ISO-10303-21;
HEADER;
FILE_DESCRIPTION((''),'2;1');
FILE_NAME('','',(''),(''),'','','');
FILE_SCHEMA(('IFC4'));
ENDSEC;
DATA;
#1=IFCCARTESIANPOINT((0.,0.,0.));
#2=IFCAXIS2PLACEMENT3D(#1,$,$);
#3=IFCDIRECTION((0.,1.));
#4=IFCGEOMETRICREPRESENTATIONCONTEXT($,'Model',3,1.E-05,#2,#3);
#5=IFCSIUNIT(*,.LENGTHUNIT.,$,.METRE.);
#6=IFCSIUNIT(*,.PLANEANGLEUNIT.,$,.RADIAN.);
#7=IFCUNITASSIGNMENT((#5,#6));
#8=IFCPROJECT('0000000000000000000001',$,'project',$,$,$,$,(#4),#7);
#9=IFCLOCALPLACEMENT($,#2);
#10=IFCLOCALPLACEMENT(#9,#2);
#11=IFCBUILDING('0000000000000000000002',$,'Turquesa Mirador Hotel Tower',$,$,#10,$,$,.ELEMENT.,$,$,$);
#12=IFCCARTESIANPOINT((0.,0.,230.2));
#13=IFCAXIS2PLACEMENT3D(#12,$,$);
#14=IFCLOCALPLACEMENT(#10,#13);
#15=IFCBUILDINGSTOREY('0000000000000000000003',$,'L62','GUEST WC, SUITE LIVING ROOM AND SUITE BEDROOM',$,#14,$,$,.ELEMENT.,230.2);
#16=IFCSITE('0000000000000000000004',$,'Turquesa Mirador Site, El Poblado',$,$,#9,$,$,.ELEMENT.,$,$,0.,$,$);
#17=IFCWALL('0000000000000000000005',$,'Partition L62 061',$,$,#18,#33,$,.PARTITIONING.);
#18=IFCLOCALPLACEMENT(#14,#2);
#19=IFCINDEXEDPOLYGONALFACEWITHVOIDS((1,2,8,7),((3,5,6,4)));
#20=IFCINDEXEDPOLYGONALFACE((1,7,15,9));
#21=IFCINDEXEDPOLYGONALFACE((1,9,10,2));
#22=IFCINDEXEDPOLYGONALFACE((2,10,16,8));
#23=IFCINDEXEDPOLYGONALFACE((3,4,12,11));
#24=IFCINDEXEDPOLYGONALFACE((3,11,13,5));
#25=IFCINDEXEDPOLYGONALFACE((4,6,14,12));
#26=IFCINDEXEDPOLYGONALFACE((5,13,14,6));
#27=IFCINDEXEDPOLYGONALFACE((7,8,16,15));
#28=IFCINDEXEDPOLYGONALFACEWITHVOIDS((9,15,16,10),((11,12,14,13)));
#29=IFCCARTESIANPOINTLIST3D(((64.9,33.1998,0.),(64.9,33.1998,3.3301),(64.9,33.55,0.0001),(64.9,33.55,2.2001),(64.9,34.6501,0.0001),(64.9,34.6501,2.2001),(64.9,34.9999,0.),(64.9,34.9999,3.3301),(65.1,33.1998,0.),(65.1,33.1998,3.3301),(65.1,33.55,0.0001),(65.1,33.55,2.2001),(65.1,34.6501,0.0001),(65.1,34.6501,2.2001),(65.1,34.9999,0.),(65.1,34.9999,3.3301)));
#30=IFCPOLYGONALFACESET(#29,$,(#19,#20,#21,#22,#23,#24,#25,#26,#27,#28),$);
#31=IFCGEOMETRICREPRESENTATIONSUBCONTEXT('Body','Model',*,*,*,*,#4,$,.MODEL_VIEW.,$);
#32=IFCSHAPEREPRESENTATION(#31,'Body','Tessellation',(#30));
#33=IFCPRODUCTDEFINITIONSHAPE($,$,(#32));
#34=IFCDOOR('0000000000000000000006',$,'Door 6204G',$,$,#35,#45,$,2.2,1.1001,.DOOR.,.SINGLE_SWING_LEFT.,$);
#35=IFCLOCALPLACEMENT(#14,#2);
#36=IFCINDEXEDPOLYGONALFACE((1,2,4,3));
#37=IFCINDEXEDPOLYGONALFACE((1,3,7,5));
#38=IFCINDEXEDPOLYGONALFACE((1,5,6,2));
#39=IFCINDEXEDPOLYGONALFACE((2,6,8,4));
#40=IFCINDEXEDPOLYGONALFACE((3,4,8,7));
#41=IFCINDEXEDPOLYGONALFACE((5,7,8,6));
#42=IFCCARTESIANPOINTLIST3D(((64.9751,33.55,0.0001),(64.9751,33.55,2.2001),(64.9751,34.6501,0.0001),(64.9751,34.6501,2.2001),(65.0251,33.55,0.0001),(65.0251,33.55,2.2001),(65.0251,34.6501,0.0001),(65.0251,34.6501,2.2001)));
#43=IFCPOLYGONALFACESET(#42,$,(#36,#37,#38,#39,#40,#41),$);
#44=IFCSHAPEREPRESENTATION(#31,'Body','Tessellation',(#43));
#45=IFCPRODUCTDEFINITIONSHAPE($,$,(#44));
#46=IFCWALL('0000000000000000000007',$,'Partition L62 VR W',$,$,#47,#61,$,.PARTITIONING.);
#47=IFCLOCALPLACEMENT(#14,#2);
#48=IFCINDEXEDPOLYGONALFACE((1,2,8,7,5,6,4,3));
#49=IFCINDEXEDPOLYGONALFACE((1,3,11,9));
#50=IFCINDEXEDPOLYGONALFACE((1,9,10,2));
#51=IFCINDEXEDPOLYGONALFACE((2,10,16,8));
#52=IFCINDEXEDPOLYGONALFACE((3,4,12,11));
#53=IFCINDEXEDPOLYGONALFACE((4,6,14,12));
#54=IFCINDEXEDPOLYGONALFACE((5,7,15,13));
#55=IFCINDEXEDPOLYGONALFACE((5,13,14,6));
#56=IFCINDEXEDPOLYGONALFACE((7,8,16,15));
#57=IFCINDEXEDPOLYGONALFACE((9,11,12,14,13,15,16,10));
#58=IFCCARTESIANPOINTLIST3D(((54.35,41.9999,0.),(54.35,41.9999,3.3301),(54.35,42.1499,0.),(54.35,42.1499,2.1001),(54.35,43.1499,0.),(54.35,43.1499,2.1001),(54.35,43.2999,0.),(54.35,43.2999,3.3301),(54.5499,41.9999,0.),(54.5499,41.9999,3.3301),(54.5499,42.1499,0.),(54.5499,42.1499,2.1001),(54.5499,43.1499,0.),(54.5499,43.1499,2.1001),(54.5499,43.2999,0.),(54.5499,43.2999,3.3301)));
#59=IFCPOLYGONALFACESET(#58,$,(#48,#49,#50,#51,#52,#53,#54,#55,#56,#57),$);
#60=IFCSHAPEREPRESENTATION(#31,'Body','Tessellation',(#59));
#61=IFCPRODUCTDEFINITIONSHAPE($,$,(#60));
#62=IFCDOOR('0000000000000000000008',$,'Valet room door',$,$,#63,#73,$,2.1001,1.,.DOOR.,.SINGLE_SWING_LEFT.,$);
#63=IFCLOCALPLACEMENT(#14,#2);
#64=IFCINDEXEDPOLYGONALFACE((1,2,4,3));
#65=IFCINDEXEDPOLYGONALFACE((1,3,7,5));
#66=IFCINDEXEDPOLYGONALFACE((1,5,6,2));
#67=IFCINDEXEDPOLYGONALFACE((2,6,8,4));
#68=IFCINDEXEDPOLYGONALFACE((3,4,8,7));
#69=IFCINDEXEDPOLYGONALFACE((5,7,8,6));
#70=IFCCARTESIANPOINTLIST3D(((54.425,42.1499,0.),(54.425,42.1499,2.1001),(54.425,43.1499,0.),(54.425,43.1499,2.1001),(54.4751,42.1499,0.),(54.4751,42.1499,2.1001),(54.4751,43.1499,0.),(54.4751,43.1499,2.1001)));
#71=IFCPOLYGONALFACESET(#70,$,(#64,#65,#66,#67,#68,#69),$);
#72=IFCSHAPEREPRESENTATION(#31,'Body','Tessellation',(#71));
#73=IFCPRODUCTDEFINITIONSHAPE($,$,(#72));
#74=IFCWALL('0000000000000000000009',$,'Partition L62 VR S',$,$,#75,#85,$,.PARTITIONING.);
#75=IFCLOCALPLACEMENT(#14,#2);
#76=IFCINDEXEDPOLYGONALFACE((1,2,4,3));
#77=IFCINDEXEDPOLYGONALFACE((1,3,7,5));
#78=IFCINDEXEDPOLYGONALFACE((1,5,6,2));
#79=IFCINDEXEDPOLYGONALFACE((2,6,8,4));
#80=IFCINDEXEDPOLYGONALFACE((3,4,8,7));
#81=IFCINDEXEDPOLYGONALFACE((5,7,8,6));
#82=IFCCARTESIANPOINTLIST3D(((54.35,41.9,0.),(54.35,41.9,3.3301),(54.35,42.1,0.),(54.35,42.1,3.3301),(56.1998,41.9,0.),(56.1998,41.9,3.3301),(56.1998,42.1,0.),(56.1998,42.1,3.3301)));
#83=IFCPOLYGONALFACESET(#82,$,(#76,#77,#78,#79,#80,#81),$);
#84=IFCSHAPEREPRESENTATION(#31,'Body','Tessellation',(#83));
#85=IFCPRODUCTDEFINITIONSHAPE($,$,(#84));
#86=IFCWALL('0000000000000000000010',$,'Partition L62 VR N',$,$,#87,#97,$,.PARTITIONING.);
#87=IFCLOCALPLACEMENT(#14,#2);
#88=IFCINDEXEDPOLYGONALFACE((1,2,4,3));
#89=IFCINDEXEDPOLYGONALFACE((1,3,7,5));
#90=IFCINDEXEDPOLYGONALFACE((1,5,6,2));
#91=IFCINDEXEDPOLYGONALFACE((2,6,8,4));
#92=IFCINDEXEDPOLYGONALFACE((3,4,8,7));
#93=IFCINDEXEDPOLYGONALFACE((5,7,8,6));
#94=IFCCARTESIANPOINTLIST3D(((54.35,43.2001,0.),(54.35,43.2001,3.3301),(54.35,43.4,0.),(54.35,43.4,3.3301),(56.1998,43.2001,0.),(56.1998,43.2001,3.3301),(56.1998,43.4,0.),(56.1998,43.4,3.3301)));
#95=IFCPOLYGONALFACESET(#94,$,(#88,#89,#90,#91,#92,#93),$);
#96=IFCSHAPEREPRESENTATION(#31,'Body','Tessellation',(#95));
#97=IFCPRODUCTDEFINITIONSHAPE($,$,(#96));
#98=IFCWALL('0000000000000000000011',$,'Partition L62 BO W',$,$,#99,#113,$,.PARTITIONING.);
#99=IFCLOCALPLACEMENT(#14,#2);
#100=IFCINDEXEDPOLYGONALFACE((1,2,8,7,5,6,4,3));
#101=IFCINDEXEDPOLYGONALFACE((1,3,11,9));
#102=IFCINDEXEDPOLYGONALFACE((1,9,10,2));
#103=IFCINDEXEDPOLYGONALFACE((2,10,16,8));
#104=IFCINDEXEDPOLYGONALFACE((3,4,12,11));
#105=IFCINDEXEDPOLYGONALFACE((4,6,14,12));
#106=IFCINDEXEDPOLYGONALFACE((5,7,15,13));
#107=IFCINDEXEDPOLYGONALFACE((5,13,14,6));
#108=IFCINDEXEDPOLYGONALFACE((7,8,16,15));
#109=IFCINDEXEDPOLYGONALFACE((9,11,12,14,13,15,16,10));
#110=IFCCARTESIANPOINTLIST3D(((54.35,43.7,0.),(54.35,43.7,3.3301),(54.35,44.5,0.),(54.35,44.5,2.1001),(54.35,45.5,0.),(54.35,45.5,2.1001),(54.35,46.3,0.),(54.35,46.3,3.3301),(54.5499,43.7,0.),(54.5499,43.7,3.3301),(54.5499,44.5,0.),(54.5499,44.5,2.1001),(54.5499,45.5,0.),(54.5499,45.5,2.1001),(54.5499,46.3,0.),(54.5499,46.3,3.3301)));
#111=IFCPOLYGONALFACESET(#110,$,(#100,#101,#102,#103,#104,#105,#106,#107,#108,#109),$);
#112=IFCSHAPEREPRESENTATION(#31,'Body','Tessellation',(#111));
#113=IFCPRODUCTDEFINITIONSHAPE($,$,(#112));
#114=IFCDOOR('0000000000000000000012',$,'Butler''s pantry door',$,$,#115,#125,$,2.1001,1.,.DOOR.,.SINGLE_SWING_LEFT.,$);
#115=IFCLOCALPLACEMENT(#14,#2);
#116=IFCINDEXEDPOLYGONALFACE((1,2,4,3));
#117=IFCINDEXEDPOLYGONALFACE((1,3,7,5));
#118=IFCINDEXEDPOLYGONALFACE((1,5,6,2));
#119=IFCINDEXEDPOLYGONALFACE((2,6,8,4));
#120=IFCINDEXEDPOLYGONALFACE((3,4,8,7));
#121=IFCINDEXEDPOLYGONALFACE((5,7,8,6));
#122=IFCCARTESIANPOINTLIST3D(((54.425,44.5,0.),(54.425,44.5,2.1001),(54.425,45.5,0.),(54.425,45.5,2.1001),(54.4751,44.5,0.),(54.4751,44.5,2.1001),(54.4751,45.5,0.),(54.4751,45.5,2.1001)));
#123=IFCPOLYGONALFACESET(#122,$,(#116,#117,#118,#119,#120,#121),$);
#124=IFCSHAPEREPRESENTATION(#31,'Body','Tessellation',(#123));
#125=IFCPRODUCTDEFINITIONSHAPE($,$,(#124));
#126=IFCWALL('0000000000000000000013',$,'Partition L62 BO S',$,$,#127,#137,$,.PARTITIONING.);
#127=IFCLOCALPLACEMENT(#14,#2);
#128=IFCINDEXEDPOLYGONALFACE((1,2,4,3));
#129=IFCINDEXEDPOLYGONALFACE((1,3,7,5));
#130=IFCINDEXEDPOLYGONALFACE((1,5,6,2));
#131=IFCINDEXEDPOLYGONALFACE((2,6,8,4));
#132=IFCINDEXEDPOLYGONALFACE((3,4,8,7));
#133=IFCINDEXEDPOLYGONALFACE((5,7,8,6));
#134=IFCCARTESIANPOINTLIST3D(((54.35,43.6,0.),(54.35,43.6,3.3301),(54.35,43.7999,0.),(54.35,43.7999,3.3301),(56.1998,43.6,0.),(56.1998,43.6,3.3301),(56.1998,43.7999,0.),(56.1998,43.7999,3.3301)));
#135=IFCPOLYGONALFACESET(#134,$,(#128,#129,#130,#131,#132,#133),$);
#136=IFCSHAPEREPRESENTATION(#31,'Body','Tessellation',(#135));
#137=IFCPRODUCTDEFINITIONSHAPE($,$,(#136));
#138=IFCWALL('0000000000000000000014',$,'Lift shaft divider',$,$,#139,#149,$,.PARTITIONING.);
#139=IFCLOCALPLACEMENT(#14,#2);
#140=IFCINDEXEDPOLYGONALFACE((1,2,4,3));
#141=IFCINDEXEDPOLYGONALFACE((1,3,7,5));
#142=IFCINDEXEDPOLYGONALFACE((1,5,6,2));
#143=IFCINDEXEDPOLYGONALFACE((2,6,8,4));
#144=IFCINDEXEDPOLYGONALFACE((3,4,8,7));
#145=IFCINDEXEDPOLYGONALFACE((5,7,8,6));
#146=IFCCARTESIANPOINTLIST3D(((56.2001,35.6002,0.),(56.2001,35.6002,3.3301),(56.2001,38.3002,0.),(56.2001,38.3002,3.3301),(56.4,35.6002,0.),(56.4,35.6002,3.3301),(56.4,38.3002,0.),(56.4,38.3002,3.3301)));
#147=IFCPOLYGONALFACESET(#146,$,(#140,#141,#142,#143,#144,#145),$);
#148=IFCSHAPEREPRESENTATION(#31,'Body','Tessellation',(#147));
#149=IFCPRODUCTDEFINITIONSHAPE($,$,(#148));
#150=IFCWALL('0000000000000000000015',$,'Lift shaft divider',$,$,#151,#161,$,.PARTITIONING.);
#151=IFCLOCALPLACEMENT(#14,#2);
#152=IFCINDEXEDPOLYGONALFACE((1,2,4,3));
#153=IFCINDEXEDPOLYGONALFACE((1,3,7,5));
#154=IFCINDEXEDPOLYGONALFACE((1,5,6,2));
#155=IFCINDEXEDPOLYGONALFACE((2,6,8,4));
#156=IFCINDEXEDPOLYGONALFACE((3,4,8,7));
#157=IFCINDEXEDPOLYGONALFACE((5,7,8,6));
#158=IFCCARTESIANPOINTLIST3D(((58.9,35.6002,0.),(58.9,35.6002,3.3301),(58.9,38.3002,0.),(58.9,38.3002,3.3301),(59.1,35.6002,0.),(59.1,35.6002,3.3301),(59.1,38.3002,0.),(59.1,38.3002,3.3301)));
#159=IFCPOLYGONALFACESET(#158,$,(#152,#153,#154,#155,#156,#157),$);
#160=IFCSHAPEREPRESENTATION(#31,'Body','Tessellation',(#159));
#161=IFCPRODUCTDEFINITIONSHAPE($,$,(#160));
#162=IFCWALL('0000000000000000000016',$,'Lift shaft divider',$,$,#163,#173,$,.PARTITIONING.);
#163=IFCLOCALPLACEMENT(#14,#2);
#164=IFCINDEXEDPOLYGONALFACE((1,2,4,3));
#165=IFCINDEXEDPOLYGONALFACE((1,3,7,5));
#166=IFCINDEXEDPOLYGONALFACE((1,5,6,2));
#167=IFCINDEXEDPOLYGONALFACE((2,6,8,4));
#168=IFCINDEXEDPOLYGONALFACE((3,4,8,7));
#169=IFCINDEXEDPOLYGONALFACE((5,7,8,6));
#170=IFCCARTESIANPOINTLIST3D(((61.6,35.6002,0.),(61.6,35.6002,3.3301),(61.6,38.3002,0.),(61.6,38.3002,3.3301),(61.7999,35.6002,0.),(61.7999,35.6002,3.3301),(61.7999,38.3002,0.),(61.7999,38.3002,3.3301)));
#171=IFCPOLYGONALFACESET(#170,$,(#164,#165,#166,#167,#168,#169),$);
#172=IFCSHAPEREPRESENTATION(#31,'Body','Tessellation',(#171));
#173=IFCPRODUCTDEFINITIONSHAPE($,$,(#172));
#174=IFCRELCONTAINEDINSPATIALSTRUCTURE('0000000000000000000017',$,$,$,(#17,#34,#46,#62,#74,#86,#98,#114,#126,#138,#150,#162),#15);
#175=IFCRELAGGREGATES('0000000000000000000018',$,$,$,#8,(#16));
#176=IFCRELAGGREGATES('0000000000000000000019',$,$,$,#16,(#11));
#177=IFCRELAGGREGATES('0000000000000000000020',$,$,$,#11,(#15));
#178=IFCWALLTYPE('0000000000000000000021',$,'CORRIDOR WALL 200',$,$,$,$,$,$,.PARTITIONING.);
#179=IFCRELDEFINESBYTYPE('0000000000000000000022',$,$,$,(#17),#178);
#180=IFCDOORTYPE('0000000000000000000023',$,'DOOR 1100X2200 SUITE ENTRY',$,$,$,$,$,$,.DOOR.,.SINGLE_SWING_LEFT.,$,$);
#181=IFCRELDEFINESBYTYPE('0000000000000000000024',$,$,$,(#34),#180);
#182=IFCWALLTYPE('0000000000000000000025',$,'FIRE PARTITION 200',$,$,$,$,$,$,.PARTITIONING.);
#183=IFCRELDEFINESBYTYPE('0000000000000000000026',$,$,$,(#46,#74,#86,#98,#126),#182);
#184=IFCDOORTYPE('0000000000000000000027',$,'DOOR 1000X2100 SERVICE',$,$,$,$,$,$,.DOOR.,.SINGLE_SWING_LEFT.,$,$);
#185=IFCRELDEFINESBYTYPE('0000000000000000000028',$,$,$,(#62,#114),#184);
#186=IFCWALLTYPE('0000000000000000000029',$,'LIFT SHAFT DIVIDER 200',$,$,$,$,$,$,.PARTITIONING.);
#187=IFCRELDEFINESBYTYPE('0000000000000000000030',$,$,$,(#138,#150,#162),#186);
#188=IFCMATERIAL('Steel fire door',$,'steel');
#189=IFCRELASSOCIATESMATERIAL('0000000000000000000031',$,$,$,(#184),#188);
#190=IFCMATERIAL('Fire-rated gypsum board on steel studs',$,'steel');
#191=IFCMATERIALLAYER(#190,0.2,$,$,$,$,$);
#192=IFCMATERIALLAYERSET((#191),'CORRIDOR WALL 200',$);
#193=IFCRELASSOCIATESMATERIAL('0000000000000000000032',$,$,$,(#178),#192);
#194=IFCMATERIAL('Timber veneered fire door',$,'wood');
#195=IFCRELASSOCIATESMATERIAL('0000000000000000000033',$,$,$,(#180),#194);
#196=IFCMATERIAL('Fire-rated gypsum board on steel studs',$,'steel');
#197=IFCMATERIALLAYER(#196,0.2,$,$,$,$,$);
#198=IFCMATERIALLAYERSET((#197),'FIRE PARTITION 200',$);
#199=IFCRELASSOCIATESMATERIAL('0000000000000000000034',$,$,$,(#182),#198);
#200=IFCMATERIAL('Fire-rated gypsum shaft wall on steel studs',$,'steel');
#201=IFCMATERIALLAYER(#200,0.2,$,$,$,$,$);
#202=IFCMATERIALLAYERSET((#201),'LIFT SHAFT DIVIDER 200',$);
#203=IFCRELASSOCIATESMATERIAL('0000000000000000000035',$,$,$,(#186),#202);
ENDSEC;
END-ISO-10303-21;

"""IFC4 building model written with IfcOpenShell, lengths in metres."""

from ifc_helpers import new_model, si_unit, direction, frame, frame_2d, origin, place, context, subcontext, project, spatial, rectangle, extrude, material, layer, layer_set, type_object, element, fill, save


model = new_model("IFC4")

# Units and contexts
model_context = context("Model", 3, precision=1e-05, world=origin(), true_north=direction((0.0, 1.0)))
body_context = subcontext(model_context, "Body", "Model", "MODEL_VIEW")
ifc_project = project(units=[si_unit("LENGTHUNIT", "METRE"), si_unit("PLANEANGLEUNIT", "RADIAN")], contexts=[model_context])

# Site, building, storey
site_placement = place(None, origin())
site = spatial("IfcSite", under=ifc_project, at=site_placement, Name="Turquesa Mirador Site, El Poblado", CompositionType="ELEMENT", RefElevation=0.0)
building_placement = place(site_placement, origin())
building = spatial("IfcBuilding", under=site, at=building_placement, Name="Turquesa Mirador Hotel Tower", CompositionType="ELEMENT")
storey_placement = place(building_placement, frame((0.0, 0.0, 230.2)))
storey = spatial("IfcBuildingStorey", under=building, at=storey_placement, Name="L62", Description="GUEST WC, SUITE LIVING ROOM AND SUITE BEDROOM", CompositionType="ELEMENT", Elevation=230.2)

# Shared definitions
ifc_material_1 = material(Name="Steel fire door", Category="steel")
door_type_1 = type_object("IfcDoorType", Name="DOOR 1000X2100 SERVICE", OperationType="SINGLE_SWING_LEFT", PredefinedType="DOOR", material=ifc_material_1)

# Walls, openings, doors
ifc_material_2 = material(Name="Fire-rated gypsum board on steel studs", Category="steel")
ifc_layer_1 = layer(ifc_material_2, 0.2)
ifc_layer_set_1 = layer_set([ifc_layer_1], Name="CORRIDOR WALL 200")
wall_type_1 = type_object("IfcWallType", Name="CORRIDOR WALL 200", PredefinedType="PARTITIONING", material=ifc_layer_set_1)
wall_1_placement = place(storey_placement, frame((65.0, 33.2, 0.0), z_axis=(0.0, 0.0, 1.0), x_axis=(0.0, 1.0, 0.0)))
wall_1 = element("IfcWall", 1, at=wall_1_placement, inside=storey, type_object=wall_type_1, Name="Partition L62 061", PredefinedType="PARTITIONING", context=body_context, shape_type="SweptSolid", body=[
    extrude(rectangle(XDim=1.8, YDim=0.2, at=frame_2d((0.8999, 0.0))), origin(), (0.0, 0.0, 1.0), 3.3301),
])
opening_1_placement = place(wall_1_placement, frame((0.3501, 0.0, 0.0)))
opening_1 = element("IfcOpeningElement", 2, at=opening_1_placement, cuts=wall_1, PredefinedType="OPENING", context=body_context, shape_type="SweptSolid", body=[
    extrude(rectangle(XDim=1.1001, YDim=2.2, at=frame_2d((0.55, 1.1001))), frame((0.0, 0.1099, 0.0), z_axis=(0.0, -1.0, 0.0), x_axis=(1.0, 0.0, 0.0)), (0.0, 0.0, 1.0), 0.22),
])
ifc_material_3 = material(Name="Timber veneered fire door", Category="wood")
door_type_2 = type_object("IfcDoorType", Name="DOOR 1100X2200 SUITE ENTRY", OperationType="SINGLE_SWING_LEFT", PredefinedType="DOOR", material=ifc_material_3)
door_1_placement = place(opening_1_placement, origin())
door_1 = element("IfcDoor", 3, at=door_1_placement, inside=storey, type_object=door_type_2, Name="Door 6204G", OperationType="SINGLE_SWING_LEFT", OverallHeight=2.2, OverallWidth=1.1001, PredefinedType="DOOR", context=body_context, shape_type="SweptSolid", body=[
    extrude(rectangle(XDim=1.1001, YDim=2.2, at=frame_2d((0.55, 1.1001))), frame((0.0, 0.0249, 0.0), z_axis=(0.0, -1.0, 0.0), x_axis=(1.0, 0.0, 0.0)), (0.0, 0.0, 1.0), 0.05),
])
fill(opening_1, door_1)
ifc_material_4 = material(Name="Fire-rated gypsum board on steel studs", Category="steel")
ifc_layer_2 = layer(ifc_material_4, 0.2)
ifc_layer_set_2 = layer_set([ifc_layer_2], Name="FIRE PARTITION 200")
wall_type_2 = type_object("IfcWallType", Name="FIRE PARTITION 200", PredefinedType="PARTITIONING", material=ifc_layer_set_2)
wall_2_placement = place(storey_placement, frame((54.45, 42.0, 0.0), z_axis=(0.0, 0.0, 1.0), x_axis=(0.0, 1.0, 0.0)))
wall_2 = element("IfcWall", 4, at=wall_2_placement, inside=storey, type_object=wall_type_2, Name="Partition L62 VR W", PredefinedType="PARTITIONING", context=body_context, shape_type="SweptSolid", body=[
    extrude(rectangle(XDim=1.3, YDim=0.2, at=frame_2d((0.6499, 0.0))), origin(), (0.0, 0.0, 1.0), 3.3301),
])
opening_2_placement = place(wall_2_placement, frame((0.1499, 0.0, 0.0)))
opening_2 = element("IfcOpeningElement", 5, at=opening_2_placement, cuts=wall_2, PredefinedType="OPENING", context=body_context, shape_type="SweptSolid", body=[
    extrude(rectangle(XDim=1.0, YDim=2.1001, at=frame_2d((0.5, 1.05))), frame((0.0, 0.1099, 0.0), z_axis=(0.0, -1.0, 0.0), x_axis=(1.0, 0.0, 0.0)), (0.0, 0.0, 1.0), 0.22),
])
door_2_placement = place(opening_2_placement, origin())
door_2 = element("IfcDoor", 6, at=door_2_placement, inside=storey, type_object=door_type_1, Name="Valet room door", OperationType="SINGLE_SWING_LEFT", OverallHeight=2.1001, OverallWidth=1.0, PredefinedType="DOOR", context=body_context, shape_type="SweptSolid", body=[
    extrude(rectangle(XDim=1.0, YDim=2.1001, at=frame_2d((0.5, 1.05))), frame((0.0, 0.0249, 0.0), z_axis=(0.0, -1.0, 0.0), x_axis=(1.0, 0.0, 0.0)), (0.0, 0.0, 1.0), 0.05),
])
fill(opening_2, door_2)

# Walls
for number, where, z_axis, x_axis, name in (
    (7, (54.3501, 42.0, 0.0), (0.0, 0.0, 1.0), (1.0, 0.0, 0.0), "Partition L62 VR S"),
    (8, (54.3501, 43.3, 0.0), (0.0, 0.0, 1.0), (1.0, 0.0, 0.0), "Partition L62 VR N"),
):
    element("IfcWall", number, at=place(storey_placement, frame(where, z_axis=z_axis, x_axis=x_axis)), inside=storey, type_object=wall_type_2, Name=name, PredefinedType="PARTITIONING", context=body_context, shape_type="SweptSolid", body=[
        extrude(rectangle(XDim=1.8499, YDim=0.2, at=frame_2d((0.9248, 0.0))), origin(), (0.0, 0.0, 1.0), 3.3301),
    ])

# Wall, opening, door
wall_3_placement = place(storey_placement, frame((54.45, 43.7, 0.0), z_axis=(0.0, 0.0, 1.0), x_axis=(0.0, 1.0, 0.0)))
wall_3 = element("IfcWall", 9, at=wall_3_placement, inside=storey, type_object=wall_type_2, Name="Partition L62 BO W", PredefinedType="PARTITIONING", context=body_context, shape_type="SweptSolid", body=[
    extrude(rectangle(XDim=2.6001, YDim=0.2, at=frame_2d((1.3, 0.0))), origin(), (0.0, 0.0, 1.0), 3.3301),
])
opening_3_placement = place(wall_3_placement, frame((0.8, 0.0, 0.0)))
opening_3 = element("IfcOpeningElement", 10, at=opening_3_placement, cuts=wall_3, PredefinedType="OPENING", context=body_context, shape_type="SweptSolid", body=[
    extrude(rectangle(XDim=1.0, YDim=2.1001, at=frame_2d((0.5, 1.05))), frame((0.0, 0.1099, 0.0), z_axis=(0.0, -1.0, 0.0), x_axis=(1.0, 0.0, 0.0)), (0.0, 0.0, 1.0), 0.22),
])
door_3_placement = place(opening_3_placement, origin())
door_3 = element("IfcDoor", 11, at=door_3_placement, inside=storey, type_object=door_type_1, Name="Butler's pantry door", OperationType="SINGLE_SWING_LEFT", OverallHeight=2.1001, OverallWidth=1.0, PredefinedType="DOOR", context=body_context, shape_type="SweptSolid", body=[
    extrude(rectangle(XDim=1.0, YDim=2.1001, at=frame_2d((0.5, 1.05))), frame((0.0, 0.0249, 0.0), z_axis=(0.0, -1.0, 0.0), x_axis=(1.0, 0.0, 0.0)), (0.0, 0.0, 1.0), 0.05),
])
fill(opening_3, door_3)

# Walls
wall_4_placement = place(storey_placement, frame((54.3501, 43.7, 0.0), z_axis=(0.0, 0.0, 1.0), x_axis=(1.0, 0.0, 0.0)))
element("IfcWall", 12, at=wall_4_placement, inside=storey, type_object=wall_type_2, Name="Partition L62 BO S", PredefinedType="PARTITIONING", context=body_context, shape_type="SweptSolid", body=[
    extrude(rectangle(XDim=1.8499, YDim=0.2, at=frame_2d((0.9248, 0.0))), origin(), (0.0, 0.0, 1.0), 3.3301),
])
ifc_material_5 = material(Name="Fire-rated gypsum shaft wall on steel studs", Category="steel")
ifc_layer_3 = layer(ifc_material_5, 0.2)
ifc_layer_set_3 = layer_set([ifc_layer_3], Name="LIFT SHAFT DIVIDER 200")
wall_type_3 = type_object("IfcWallType", Name="LIFT SHAFT DIVIDER 200", PredefinedType="PARTITIONING", material=ifc_layer_set_3)
for number, where, z_axis, x_axis, name in (
    (13, (56.3, 35.6001, 0.0), (0.0, 0.0, 1.0), (0.0, 1.0, 0.0), "Lift shaft divider"),
    (14, (59.0, 35.6001, 0.0), (0.0, 0.0, 1.0), (0.0, 1.0, 0.0), "Lift shaft divider"),
    (15, (61.7, 35.6001, 0.0), (0.0, 0.0, 1.0), (0.0, 1.0, 0.0), "Lift shaft divider"),
):
    element("IfcWall", number, at=place(storey_placement, frame(where, z_axis=z_axis, x_axis=x_axis)), inside=storey, type_object=wall_type_3, Name=name, PredefinedType="PARTITIONING", context=body_context, shape_type="SweptSolid", body=[
        extrude(rectangle(XDim=2.7, YDim=0.2, at=frame_2d((1.3501, 0.0))), origin(), (0.0, 0.0, 1.0), 3.3301),
    ])

save(model, "model.ifc")
